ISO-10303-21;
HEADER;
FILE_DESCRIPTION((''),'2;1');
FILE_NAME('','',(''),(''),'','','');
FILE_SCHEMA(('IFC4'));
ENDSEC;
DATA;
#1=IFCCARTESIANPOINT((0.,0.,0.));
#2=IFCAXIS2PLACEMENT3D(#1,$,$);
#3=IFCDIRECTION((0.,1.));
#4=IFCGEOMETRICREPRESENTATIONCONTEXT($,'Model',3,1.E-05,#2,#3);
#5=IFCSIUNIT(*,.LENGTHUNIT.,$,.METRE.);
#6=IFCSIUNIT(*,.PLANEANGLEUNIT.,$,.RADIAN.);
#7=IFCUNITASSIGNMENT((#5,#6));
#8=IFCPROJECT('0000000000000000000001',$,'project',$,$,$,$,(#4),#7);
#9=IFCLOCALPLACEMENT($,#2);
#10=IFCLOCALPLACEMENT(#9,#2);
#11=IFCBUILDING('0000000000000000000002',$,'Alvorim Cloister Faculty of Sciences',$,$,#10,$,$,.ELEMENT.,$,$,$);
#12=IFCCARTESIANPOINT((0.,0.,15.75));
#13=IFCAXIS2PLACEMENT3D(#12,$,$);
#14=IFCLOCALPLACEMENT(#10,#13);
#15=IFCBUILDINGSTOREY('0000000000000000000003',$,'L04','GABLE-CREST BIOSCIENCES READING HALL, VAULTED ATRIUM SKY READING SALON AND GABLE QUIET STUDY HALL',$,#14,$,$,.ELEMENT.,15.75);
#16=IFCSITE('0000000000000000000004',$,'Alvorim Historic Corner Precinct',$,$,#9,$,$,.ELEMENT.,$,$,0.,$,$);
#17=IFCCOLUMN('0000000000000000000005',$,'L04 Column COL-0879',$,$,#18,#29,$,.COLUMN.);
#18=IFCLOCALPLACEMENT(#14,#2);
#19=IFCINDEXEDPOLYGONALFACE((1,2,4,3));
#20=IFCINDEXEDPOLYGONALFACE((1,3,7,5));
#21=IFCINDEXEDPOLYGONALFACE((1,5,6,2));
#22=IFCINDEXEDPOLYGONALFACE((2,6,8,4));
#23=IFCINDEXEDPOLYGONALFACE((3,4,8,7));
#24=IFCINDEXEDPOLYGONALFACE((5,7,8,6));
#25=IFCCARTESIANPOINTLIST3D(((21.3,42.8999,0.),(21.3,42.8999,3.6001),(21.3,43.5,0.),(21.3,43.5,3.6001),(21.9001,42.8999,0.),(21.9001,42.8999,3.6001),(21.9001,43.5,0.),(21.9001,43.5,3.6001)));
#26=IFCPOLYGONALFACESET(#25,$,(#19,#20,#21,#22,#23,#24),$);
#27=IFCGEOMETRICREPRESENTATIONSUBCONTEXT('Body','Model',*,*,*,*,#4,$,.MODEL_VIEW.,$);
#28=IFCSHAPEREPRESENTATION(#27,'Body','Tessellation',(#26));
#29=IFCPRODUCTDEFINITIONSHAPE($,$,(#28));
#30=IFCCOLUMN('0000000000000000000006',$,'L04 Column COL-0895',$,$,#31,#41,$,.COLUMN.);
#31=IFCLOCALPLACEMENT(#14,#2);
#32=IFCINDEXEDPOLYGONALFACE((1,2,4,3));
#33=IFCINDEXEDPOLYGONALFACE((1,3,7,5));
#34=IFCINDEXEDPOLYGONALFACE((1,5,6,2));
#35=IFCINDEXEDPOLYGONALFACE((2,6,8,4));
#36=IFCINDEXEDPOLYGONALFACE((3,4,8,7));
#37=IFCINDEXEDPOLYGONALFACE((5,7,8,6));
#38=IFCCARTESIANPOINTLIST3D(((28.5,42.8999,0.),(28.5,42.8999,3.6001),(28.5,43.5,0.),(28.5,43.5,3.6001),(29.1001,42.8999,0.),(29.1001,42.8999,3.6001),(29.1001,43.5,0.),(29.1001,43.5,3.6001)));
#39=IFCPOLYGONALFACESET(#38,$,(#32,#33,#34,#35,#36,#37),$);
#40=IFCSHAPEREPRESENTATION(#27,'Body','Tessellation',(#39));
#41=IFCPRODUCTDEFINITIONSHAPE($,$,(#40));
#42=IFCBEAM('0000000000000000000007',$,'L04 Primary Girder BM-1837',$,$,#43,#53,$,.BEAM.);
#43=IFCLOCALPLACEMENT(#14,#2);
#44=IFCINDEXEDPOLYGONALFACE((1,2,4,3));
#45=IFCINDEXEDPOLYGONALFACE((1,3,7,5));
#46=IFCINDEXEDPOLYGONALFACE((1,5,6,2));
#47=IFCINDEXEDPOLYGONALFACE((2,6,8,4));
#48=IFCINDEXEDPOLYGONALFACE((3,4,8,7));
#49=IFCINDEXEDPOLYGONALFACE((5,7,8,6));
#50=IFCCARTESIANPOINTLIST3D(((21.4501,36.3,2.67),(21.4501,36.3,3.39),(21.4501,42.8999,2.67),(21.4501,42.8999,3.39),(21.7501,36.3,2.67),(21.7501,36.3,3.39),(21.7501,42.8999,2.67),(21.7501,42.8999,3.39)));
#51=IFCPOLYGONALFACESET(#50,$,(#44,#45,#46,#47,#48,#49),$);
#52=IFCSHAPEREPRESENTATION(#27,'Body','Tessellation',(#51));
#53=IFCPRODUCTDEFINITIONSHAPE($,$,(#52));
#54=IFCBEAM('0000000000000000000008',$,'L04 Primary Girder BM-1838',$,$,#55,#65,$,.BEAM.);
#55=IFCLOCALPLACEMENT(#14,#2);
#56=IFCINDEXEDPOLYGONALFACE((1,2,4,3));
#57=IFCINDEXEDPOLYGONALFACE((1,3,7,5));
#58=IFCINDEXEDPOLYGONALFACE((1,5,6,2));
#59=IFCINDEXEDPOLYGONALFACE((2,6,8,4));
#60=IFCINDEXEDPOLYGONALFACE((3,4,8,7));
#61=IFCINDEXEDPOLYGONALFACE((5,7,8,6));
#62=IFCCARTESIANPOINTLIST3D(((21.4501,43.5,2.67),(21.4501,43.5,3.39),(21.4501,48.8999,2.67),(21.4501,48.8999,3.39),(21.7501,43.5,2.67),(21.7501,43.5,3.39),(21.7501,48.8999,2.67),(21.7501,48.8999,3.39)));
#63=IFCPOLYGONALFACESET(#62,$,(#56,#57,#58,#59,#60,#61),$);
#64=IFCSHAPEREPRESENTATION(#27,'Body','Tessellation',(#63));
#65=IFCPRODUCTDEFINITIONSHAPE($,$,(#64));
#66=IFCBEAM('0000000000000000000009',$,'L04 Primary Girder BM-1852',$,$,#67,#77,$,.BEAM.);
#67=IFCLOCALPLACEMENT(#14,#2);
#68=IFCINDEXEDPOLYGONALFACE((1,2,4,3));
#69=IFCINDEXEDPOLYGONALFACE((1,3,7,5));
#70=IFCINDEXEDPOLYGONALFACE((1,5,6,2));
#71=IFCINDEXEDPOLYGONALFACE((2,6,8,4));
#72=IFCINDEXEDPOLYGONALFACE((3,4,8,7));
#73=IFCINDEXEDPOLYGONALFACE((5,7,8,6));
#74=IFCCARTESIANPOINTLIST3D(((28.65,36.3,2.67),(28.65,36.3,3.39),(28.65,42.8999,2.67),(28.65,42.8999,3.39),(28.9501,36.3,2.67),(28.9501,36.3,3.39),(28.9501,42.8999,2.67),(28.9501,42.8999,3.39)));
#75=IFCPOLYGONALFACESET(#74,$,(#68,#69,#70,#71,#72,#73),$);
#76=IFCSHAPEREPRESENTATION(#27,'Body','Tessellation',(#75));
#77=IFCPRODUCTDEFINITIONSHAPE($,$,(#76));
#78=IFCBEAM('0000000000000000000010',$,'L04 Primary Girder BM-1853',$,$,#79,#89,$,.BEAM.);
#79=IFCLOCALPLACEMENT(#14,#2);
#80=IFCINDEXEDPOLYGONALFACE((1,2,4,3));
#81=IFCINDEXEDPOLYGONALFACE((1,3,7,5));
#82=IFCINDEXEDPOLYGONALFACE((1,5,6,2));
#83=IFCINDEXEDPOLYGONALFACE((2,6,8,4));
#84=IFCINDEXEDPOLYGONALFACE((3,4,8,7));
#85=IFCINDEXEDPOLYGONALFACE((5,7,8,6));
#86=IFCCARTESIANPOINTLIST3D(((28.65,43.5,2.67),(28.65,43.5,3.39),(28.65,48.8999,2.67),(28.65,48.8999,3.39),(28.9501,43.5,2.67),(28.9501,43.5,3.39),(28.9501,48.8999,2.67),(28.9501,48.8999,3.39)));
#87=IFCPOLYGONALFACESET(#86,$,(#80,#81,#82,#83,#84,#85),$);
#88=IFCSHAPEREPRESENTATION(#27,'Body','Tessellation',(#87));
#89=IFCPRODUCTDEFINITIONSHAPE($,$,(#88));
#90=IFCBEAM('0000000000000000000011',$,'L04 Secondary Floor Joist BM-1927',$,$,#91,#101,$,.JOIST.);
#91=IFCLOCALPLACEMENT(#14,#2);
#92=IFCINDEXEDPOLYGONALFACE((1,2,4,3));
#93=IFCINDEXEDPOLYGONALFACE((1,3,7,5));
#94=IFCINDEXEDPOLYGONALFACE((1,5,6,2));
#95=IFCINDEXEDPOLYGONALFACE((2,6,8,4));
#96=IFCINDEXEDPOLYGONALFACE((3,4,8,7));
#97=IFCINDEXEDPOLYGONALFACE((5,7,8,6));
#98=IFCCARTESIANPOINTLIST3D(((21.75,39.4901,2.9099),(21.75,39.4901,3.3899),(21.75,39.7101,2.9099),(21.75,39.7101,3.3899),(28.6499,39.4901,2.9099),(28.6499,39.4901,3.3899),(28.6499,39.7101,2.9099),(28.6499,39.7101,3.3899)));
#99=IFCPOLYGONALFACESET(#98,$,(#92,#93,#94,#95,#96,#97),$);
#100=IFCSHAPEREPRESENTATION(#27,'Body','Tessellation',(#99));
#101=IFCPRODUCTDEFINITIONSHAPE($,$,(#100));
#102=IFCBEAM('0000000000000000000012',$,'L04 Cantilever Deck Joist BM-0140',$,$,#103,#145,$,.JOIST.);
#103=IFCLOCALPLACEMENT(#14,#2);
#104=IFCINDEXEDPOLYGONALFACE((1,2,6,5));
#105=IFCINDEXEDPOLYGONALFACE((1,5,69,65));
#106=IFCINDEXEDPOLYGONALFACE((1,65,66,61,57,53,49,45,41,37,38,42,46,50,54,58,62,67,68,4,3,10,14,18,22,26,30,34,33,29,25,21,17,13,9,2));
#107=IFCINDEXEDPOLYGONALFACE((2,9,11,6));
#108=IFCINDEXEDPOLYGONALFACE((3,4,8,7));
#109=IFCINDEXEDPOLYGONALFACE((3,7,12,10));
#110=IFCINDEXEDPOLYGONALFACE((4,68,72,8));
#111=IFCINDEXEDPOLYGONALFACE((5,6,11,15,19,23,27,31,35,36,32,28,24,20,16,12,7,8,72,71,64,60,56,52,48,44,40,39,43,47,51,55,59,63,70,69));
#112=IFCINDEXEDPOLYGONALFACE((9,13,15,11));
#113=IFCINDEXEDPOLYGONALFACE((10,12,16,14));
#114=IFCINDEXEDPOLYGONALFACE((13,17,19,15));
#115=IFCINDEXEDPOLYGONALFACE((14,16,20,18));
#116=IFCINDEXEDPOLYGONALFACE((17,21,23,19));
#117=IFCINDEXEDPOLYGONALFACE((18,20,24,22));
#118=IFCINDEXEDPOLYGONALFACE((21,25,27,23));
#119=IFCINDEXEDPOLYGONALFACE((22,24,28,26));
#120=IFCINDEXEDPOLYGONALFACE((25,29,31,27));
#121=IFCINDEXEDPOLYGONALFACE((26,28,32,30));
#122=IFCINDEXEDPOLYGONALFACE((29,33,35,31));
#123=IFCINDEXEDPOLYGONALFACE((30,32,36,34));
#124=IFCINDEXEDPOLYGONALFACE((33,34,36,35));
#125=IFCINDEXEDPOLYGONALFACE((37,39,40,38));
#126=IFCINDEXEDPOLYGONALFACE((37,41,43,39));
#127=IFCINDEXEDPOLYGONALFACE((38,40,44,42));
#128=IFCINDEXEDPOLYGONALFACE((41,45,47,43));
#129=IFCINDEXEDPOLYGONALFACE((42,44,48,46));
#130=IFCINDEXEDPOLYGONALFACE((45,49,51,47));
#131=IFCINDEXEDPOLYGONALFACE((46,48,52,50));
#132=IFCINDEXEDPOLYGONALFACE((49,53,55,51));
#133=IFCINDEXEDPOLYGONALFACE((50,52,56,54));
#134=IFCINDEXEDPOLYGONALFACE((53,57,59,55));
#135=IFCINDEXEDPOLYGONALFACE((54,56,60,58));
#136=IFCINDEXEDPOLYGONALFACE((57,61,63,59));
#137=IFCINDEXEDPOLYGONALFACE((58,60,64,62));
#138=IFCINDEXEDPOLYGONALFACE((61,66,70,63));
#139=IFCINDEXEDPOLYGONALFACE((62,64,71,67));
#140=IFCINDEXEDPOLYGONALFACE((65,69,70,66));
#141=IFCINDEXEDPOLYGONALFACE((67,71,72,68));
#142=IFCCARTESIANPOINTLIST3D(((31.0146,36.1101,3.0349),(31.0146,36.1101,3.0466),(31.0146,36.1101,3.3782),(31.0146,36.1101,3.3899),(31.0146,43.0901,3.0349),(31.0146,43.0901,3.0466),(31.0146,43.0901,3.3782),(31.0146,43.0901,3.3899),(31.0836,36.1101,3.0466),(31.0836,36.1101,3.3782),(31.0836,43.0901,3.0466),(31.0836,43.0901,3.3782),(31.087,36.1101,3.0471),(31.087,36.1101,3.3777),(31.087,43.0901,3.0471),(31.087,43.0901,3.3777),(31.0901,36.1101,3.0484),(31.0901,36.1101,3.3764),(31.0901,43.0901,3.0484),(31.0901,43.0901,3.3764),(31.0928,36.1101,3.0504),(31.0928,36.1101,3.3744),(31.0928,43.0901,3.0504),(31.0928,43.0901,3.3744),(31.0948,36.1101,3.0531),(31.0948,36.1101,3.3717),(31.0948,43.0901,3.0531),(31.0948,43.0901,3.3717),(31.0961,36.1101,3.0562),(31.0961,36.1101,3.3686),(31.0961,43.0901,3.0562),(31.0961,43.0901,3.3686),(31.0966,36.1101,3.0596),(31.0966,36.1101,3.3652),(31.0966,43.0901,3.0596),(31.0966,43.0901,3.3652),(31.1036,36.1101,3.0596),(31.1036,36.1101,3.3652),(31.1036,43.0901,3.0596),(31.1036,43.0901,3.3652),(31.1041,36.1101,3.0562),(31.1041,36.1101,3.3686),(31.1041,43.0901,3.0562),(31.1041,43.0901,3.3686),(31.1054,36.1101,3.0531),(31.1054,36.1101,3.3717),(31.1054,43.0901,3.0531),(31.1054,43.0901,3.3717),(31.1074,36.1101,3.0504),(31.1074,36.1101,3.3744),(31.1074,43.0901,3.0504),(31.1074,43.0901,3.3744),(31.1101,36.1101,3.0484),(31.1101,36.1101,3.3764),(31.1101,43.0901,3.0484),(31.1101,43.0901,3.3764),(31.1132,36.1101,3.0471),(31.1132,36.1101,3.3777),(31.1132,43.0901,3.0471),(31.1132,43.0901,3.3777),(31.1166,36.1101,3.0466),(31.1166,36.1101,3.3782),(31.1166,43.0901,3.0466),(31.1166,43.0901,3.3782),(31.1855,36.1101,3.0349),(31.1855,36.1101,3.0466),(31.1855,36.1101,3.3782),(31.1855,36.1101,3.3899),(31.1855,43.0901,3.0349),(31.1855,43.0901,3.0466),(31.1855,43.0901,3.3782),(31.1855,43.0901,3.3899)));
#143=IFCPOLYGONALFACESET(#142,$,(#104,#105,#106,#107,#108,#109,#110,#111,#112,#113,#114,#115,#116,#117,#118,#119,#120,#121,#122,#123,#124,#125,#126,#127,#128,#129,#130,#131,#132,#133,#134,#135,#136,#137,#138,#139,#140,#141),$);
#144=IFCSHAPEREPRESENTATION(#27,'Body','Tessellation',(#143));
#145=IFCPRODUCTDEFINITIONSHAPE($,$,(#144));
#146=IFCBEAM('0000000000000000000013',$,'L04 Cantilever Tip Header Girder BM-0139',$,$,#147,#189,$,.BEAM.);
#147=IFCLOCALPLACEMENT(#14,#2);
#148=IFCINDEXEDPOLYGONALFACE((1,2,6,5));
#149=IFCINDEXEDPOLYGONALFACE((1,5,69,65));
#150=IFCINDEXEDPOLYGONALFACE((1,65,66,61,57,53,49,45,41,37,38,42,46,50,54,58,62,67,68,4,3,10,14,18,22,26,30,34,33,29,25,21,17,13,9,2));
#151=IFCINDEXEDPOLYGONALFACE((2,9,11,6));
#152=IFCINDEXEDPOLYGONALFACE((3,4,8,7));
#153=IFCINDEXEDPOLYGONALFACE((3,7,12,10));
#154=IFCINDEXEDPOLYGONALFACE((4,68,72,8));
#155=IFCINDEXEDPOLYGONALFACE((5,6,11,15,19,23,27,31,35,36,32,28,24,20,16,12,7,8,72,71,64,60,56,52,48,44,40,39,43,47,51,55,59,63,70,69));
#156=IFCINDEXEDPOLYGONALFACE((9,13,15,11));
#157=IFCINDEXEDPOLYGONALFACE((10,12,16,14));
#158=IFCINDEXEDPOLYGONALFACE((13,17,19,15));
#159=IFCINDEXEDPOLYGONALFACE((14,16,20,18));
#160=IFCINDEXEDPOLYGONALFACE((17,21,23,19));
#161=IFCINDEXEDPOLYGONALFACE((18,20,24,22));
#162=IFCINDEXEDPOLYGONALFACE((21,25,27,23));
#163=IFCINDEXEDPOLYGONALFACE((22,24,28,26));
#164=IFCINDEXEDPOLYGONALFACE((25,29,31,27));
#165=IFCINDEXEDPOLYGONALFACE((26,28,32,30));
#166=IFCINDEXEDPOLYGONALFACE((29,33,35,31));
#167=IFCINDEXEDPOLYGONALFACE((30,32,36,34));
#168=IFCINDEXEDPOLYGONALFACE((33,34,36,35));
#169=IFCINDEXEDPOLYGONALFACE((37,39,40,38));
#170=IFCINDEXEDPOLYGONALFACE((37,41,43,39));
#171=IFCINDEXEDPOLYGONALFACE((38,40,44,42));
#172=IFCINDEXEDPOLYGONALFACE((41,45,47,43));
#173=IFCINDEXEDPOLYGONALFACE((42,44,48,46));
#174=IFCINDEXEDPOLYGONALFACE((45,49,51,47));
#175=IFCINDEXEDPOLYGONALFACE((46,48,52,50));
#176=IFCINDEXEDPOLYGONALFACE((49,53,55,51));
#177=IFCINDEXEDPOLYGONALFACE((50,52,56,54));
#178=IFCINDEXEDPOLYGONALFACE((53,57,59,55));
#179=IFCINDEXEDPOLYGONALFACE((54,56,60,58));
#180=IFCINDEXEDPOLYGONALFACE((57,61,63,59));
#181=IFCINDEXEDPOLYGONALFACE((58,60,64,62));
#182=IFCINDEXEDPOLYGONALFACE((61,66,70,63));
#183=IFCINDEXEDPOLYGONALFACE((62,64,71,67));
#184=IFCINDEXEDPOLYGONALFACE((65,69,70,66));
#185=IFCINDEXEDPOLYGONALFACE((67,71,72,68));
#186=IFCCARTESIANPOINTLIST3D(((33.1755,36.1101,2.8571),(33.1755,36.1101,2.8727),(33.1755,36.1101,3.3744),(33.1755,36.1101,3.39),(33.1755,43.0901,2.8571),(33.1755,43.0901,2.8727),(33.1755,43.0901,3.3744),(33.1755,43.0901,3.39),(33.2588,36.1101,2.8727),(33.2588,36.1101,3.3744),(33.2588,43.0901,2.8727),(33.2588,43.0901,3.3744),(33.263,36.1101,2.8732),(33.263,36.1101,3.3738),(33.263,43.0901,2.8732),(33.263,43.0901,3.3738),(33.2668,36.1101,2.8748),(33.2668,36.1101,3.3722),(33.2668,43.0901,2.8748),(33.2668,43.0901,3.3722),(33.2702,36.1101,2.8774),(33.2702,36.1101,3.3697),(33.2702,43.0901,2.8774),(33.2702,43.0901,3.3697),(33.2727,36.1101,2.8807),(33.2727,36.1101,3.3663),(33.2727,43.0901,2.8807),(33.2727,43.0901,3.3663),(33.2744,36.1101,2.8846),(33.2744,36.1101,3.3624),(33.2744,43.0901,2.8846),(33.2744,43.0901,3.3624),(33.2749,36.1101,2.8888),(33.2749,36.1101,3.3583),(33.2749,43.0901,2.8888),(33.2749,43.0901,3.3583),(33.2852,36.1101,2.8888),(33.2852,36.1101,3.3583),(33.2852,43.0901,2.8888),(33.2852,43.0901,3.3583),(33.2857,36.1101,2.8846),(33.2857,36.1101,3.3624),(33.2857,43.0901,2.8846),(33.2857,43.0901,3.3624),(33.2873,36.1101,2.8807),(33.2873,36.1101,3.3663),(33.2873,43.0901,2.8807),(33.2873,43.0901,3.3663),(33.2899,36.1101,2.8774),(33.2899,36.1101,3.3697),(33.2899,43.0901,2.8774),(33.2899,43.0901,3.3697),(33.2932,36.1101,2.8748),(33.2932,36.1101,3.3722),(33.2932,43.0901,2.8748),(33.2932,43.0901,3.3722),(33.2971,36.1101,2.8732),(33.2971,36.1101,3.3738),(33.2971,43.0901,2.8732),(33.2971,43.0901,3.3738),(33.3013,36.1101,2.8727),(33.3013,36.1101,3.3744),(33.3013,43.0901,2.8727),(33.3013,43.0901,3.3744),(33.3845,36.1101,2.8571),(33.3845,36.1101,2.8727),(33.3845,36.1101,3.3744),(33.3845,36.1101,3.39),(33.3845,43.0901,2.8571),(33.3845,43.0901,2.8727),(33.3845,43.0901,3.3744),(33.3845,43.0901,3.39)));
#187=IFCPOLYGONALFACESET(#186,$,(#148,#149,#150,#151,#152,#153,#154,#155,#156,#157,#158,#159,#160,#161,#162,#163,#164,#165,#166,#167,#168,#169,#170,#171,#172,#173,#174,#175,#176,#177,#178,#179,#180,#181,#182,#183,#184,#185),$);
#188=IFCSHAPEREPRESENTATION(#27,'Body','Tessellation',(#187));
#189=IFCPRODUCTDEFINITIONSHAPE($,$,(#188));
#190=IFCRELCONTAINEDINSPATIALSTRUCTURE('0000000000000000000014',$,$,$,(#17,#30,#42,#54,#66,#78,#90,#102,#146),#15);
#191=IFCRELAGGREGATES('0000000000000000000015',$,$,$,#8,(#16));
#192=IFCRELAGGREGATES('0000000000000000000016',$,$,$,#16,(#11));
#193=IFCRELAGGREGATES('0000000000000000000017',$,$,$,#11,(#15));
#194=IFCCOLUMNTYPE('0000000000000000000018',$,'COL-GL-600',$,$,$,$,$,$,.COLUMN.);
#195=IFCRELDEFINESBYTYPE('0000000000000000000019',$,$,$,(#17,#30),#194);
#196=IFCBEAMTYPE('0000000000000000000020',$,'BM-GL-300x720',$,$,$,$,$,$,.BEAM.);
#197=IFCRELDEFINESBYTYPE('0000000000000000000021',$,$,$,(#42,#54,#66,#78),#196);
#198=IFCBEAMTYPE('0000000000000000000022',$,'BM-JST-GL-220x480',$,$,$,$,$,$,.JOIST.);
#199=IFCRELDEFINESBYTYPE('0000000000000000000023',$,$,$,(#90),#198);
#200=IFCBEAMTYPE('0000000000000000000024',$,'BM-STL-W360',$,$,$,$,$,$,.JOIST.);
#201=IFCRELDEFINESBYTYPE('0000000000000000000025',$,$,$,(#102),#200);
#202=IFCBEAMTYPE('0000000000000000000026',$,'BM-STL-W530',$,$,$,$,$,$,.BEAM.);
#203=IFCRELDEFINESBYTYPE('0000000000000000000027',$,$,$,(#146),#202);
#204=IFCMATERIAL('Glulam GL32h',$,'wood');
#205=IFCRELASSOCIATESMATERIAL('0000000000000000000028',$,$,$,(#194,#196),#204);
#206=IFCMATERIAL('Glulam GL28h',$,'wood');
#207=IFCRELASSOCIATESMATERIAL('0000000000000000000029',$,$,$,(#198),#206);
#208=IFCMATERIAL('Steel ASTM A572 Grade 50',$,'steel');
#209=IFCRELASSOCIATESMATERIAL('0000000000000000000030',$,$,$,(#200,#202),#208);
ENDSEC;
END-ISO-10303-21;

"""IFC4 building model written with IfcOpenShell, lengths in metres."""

from ifc_helpers import new_model, si_unit, direction, frame, origin, origin_2d, place, context, subcontext, project, spatial, rectangle, i_section, extrude, material, material_profile, profile_set, type_object, element, save


model = new_model("IFC4")

# Units and contexts
model_context = context("Model", 3, precision=1e-05, world=origin(), true_north=direction((0.0, 1.0)))
body_context = subcontext(model_context, "Body", "Model", "MODEL_VIEW")
ifc_project = project(units=[si_unit("LENGTHUNIT", "METRE"), si_unit("PLANEANGLEUNIT", "RADIAN")], contexts=[model_context])

# Site, building, storey
site_placement = place(None, origin())
site = spatial("IfcSite", under=ifc_project, at=site_placement, Name="Alvorim Historic Corner Precinct", CompositionType="ELEMENT", RefElevation=0.0)
building_placement = place(site_placement, origin())
building = spatial("IfcBuilding", under=site, at=building_placement, Name="Alvorim Cloister Faculty of Sciences", CompositionType="ELEMENT")
storey_placement = place(building_placement, frame((0.0, 0.0, 15.75)))
storey = spatial("IfcBuildingStorey", under=building, at=storey_placement, Name="L04", Description="GABLE-CREST BIOSCIENCES READING HALL, VAULTED ATRIUM SKY READING SALON AND GABLE QUIET STUDY HALL", CompositionType="ELEMENT", Elevation=15.75)

# Columns
ifc_material_1 = material(Name="Glulam GL32h", Category="wood")
ifc_material_profile_1 = material_profile(ifc_material_1, rectangle(XDim=0.6001, YDim=0.6001, at=origin_2d()), Name="GL32-COL-600x600")
ifc_profile_set_1 = profile_set([ifc_material_profile_1], Name="Glulam GL32h")
column_type = type_object("IfcColumnType", Name="COL-GL-600", PredefinedType="COLUMN", material=ifc_profile_set_1)
for number, where, z_axis, x_axis, name in (
    (1, (21.6001, 43.2, 0.0), (0.0, 0.0, 1.0), (1.0, 0.0, 0.0), "L04 Column COL-0879"),
    (2, (28.8, 43.2, 0.0), (0.0, 0.0, 1.0), (1.0, 0.0, 0.0), "L04 Column COL-0895"),
):
    element("IfcColumn", number, at=place(storey_placement, frame(where, z_axis=z_axis, x_axis=x_axis)), inside=storey, type_object=column_type, Name=name, PredefinedType="COLUMN", context=body_context, shape_type="SweptSolid", body=[
        extrude(rectangle(XDim=0.6001, YDim=0.6001, at=origin_2d()), origin(), (0.0, 0.0, 1.0), 3.6001),
    ])

# Beams
ifc_material_profile_2 = material_profile(ifc_material_1, rectangle(XDim=0.3, YDim=0.72, at=origin_2d()), Name="GL32-BM-300x720")
ifc_profile_set_2 = profile_set([ifc_material_profile_2], Name="Glulam GL32h")
beam_type_1 = type_object("IfcBeamType", Name="BM-GL-300x720", PredefinedType="BEAM", material=ifc_profile_set_2)
beam_1_placement = place(storey_placement, frame((21.6001, 36.3, 3.03), z_axis=(0.0, 1.0, 0.0), x_axis=(-1.0, 0.0, 0.0)))
element("IfcBeam", 3, at=beam_1_placement, inside=storey, type_object=beam_type_1, Name="L04 Primary Girder BM-1837", PredefinedType="BEAM", context=body_context, shape_type="SweptSolid", body=[
    extrude(rectangle(XDim=0.3, YDim=0.72, at=origin_2d()), origin(), (0.0, 0.0, 1.0), 6.5999),
])
beam_2_placement = place(storey_placement, frame((21.6001, 43.5, 3.03), z_axis=(0.0, 1.0, 0.0), x_axis=(-1.0, 0.0, 0.0)))
element("IfcBeam", 4, at=beam_2_placement, inside=storey, type_object=beam_type_1, Name="L04 Primary Girder BM-1838", PredefinedType="BEAM", context=body_context, shape_type="SweptSolid", body=[
    extrude(rectangle(XDim=0.3, YDim=0.72, at=origin_2d()), origin(), (0.0, 0.0, 1.0), 5.3999),
])
beam_3_placement = place(storey_placement, frame((28.8, 36.3, 3.03), z_axis=(0.0, 1.0, 0.0), x_axis=(-1.0, 0.0, 0.0)))
element("IfcBeam", 5, at=beam_3_placement, inside=storey, type_object=beam_type_1, Name="L04 Primary Girder BM-1852", PredefinedType="BEAM", context=body_context, shape_type="SweptSolid", body=[
    extrude(rectangle(XDim=0.3, YDim=0.72, at=origin_2d()), origin(), (0.0, 0.0, 1.0), 6.5999),
])
beam_4_placement = place(storey_placement, frame((28.8, 43.5, 3.03), z_axis=(0.0, 1.0, 0.0), x_axis=(-1.0, 0.0, 0.0)))
element("IfcBeam", 6, at=beam_4_placement, inside=storey, type_object=beam_type_1, Name="L04 Primary Girder BM-1853", PredefinedType="BEAM", context=body_context, shape_type="SweptSolid", body=[
    extrude(rectangle(XDim=0.3, YDim=0.72, at=origin_2d()), origin(), (0.0, 0.0, 1.0), 5.3999),
])
ifc_material_2 = material(Name="Glulam GL28h", Category="wood")
ifc_material_profile_3 = material_profile(ifc_material_2, rectangle(XDim=0.22, YDim=0.48, at=origin_2d()), Name="GL28-JST-220x480")
ifc_profile_set_3 = profile_set([ifc_material_profile_3], Name="Glulam GL28h")
beam_type_2 = type_object("IfcBeamType", Name="BM-JST-GL-220x480", PredefinedType="JOIST", material=ifc_profile_set_3)
beam_5_placement = place(storey_placement, frame((21.75, 39.6001, 3.1499), z_axis=(1.0, 0.0, 0.0), x_axis=(0.0, 1.0, 0.0)))
element("IfcBeam", 7, at=beam_5_placement, inside=storey, type_object=beam_type_2, Name="L04 Secondary Floor Joist BM-1927", PredefinedType="JOIST", context=body_context, shape_type="SweptSolid", body=[
    extrude(rectangle(XDim=0.22, YDim=0.48, at=origin_2d()), origin(), (0.0, 0.0, 1.0), 6.8999),
])
ifc_material_3 = material(Name="Steel ASTM A572 Grade 50", Category="steel")
ifc_material_profile_4 = material_profile(ifc_material_3, i_section(OverallWidth=0.1709, OverallDepth=0.355, WebThickness=0.0071, FlangeThickness=0.0117, FilletRadius=0.0129, at=origin_2d()), Name="W360x51.0")
ifc_profile_set_4 = profile_set([ifc_material_profile_4], Name="Steel ASTM A572 Grade 50")
beam_type_3 = type_object("IfcBeamType", Name="BM-STL-W360", PredefinedType="JOIST", material=ifc_profile_set_4)
beam_6_placement = place(storey_placement, frame((31.1001, 36.1101, 3.2124), z_axis=(0.0, 1.0, 0.0), x_axis=(-1.0, 0.0, 0.0)))
element("IfcBeam", 8, at=beam_6_placement, inside=storey, type_object=beam_type_3, Name="L04 Cantilever Deck Joist BM-0140", PredefinedType="JOIST", context=body_context, shape_type="SweptSolid", body=[
    extrude(i_section(OverallWidth=0.1709, OverallDepth=0.355, WebThickness=0.0071, FlangeThickness=0.0117, FilletRadius=0.0129, at=origin_2d()), origin(), (0.0, 0.0, 1.0), 6.98),
])
ifc_material_profile_5 = material_profile(ifc_material_3, i_section(OverallWidth=0.209, OverallDepth=0.533, WebThickness=0.0103, FlangeThickness=0.0156, FilletRadius=0.0161, at=origin_2d()), Name="W530x92.0")
ifc_profile_set_5 = profile_set([ifc_material_profile_5], Name="Steel ASTM A572 Grade 50")
beam_type_4 = type_object("IfcBeamType", Name="BM-STL-W530", PredefinedType="BEAM", material=ifc_profile_set_5)
beam_7_placement = place(storey_placement, frame((33.28, 36.1101, 3.1235), z_axis=(0.0, 1.0, 0.0), x_axis=(-1.0, 0.0, 0.0)))
element("IfcBeam", 9, at=beam_7_placement, inside=storey, type_object=beam_type_4, Name="L04 Cantilever Tip Header Girder BM-0139", PredefinedType="BEAM", context=body_context, shape_type="SweptSolid", body=[
    extrude(i_section(OverallWidth=0.209, OverallDepth=0.533, WebThickness=0.0103, FlangeThickness=0.0156, FilletRadius=0.0161, at=origin_2d()), origin(), (0.0, 0.0, 1.0), 6.98),
])

save(model, "model.ifc")
